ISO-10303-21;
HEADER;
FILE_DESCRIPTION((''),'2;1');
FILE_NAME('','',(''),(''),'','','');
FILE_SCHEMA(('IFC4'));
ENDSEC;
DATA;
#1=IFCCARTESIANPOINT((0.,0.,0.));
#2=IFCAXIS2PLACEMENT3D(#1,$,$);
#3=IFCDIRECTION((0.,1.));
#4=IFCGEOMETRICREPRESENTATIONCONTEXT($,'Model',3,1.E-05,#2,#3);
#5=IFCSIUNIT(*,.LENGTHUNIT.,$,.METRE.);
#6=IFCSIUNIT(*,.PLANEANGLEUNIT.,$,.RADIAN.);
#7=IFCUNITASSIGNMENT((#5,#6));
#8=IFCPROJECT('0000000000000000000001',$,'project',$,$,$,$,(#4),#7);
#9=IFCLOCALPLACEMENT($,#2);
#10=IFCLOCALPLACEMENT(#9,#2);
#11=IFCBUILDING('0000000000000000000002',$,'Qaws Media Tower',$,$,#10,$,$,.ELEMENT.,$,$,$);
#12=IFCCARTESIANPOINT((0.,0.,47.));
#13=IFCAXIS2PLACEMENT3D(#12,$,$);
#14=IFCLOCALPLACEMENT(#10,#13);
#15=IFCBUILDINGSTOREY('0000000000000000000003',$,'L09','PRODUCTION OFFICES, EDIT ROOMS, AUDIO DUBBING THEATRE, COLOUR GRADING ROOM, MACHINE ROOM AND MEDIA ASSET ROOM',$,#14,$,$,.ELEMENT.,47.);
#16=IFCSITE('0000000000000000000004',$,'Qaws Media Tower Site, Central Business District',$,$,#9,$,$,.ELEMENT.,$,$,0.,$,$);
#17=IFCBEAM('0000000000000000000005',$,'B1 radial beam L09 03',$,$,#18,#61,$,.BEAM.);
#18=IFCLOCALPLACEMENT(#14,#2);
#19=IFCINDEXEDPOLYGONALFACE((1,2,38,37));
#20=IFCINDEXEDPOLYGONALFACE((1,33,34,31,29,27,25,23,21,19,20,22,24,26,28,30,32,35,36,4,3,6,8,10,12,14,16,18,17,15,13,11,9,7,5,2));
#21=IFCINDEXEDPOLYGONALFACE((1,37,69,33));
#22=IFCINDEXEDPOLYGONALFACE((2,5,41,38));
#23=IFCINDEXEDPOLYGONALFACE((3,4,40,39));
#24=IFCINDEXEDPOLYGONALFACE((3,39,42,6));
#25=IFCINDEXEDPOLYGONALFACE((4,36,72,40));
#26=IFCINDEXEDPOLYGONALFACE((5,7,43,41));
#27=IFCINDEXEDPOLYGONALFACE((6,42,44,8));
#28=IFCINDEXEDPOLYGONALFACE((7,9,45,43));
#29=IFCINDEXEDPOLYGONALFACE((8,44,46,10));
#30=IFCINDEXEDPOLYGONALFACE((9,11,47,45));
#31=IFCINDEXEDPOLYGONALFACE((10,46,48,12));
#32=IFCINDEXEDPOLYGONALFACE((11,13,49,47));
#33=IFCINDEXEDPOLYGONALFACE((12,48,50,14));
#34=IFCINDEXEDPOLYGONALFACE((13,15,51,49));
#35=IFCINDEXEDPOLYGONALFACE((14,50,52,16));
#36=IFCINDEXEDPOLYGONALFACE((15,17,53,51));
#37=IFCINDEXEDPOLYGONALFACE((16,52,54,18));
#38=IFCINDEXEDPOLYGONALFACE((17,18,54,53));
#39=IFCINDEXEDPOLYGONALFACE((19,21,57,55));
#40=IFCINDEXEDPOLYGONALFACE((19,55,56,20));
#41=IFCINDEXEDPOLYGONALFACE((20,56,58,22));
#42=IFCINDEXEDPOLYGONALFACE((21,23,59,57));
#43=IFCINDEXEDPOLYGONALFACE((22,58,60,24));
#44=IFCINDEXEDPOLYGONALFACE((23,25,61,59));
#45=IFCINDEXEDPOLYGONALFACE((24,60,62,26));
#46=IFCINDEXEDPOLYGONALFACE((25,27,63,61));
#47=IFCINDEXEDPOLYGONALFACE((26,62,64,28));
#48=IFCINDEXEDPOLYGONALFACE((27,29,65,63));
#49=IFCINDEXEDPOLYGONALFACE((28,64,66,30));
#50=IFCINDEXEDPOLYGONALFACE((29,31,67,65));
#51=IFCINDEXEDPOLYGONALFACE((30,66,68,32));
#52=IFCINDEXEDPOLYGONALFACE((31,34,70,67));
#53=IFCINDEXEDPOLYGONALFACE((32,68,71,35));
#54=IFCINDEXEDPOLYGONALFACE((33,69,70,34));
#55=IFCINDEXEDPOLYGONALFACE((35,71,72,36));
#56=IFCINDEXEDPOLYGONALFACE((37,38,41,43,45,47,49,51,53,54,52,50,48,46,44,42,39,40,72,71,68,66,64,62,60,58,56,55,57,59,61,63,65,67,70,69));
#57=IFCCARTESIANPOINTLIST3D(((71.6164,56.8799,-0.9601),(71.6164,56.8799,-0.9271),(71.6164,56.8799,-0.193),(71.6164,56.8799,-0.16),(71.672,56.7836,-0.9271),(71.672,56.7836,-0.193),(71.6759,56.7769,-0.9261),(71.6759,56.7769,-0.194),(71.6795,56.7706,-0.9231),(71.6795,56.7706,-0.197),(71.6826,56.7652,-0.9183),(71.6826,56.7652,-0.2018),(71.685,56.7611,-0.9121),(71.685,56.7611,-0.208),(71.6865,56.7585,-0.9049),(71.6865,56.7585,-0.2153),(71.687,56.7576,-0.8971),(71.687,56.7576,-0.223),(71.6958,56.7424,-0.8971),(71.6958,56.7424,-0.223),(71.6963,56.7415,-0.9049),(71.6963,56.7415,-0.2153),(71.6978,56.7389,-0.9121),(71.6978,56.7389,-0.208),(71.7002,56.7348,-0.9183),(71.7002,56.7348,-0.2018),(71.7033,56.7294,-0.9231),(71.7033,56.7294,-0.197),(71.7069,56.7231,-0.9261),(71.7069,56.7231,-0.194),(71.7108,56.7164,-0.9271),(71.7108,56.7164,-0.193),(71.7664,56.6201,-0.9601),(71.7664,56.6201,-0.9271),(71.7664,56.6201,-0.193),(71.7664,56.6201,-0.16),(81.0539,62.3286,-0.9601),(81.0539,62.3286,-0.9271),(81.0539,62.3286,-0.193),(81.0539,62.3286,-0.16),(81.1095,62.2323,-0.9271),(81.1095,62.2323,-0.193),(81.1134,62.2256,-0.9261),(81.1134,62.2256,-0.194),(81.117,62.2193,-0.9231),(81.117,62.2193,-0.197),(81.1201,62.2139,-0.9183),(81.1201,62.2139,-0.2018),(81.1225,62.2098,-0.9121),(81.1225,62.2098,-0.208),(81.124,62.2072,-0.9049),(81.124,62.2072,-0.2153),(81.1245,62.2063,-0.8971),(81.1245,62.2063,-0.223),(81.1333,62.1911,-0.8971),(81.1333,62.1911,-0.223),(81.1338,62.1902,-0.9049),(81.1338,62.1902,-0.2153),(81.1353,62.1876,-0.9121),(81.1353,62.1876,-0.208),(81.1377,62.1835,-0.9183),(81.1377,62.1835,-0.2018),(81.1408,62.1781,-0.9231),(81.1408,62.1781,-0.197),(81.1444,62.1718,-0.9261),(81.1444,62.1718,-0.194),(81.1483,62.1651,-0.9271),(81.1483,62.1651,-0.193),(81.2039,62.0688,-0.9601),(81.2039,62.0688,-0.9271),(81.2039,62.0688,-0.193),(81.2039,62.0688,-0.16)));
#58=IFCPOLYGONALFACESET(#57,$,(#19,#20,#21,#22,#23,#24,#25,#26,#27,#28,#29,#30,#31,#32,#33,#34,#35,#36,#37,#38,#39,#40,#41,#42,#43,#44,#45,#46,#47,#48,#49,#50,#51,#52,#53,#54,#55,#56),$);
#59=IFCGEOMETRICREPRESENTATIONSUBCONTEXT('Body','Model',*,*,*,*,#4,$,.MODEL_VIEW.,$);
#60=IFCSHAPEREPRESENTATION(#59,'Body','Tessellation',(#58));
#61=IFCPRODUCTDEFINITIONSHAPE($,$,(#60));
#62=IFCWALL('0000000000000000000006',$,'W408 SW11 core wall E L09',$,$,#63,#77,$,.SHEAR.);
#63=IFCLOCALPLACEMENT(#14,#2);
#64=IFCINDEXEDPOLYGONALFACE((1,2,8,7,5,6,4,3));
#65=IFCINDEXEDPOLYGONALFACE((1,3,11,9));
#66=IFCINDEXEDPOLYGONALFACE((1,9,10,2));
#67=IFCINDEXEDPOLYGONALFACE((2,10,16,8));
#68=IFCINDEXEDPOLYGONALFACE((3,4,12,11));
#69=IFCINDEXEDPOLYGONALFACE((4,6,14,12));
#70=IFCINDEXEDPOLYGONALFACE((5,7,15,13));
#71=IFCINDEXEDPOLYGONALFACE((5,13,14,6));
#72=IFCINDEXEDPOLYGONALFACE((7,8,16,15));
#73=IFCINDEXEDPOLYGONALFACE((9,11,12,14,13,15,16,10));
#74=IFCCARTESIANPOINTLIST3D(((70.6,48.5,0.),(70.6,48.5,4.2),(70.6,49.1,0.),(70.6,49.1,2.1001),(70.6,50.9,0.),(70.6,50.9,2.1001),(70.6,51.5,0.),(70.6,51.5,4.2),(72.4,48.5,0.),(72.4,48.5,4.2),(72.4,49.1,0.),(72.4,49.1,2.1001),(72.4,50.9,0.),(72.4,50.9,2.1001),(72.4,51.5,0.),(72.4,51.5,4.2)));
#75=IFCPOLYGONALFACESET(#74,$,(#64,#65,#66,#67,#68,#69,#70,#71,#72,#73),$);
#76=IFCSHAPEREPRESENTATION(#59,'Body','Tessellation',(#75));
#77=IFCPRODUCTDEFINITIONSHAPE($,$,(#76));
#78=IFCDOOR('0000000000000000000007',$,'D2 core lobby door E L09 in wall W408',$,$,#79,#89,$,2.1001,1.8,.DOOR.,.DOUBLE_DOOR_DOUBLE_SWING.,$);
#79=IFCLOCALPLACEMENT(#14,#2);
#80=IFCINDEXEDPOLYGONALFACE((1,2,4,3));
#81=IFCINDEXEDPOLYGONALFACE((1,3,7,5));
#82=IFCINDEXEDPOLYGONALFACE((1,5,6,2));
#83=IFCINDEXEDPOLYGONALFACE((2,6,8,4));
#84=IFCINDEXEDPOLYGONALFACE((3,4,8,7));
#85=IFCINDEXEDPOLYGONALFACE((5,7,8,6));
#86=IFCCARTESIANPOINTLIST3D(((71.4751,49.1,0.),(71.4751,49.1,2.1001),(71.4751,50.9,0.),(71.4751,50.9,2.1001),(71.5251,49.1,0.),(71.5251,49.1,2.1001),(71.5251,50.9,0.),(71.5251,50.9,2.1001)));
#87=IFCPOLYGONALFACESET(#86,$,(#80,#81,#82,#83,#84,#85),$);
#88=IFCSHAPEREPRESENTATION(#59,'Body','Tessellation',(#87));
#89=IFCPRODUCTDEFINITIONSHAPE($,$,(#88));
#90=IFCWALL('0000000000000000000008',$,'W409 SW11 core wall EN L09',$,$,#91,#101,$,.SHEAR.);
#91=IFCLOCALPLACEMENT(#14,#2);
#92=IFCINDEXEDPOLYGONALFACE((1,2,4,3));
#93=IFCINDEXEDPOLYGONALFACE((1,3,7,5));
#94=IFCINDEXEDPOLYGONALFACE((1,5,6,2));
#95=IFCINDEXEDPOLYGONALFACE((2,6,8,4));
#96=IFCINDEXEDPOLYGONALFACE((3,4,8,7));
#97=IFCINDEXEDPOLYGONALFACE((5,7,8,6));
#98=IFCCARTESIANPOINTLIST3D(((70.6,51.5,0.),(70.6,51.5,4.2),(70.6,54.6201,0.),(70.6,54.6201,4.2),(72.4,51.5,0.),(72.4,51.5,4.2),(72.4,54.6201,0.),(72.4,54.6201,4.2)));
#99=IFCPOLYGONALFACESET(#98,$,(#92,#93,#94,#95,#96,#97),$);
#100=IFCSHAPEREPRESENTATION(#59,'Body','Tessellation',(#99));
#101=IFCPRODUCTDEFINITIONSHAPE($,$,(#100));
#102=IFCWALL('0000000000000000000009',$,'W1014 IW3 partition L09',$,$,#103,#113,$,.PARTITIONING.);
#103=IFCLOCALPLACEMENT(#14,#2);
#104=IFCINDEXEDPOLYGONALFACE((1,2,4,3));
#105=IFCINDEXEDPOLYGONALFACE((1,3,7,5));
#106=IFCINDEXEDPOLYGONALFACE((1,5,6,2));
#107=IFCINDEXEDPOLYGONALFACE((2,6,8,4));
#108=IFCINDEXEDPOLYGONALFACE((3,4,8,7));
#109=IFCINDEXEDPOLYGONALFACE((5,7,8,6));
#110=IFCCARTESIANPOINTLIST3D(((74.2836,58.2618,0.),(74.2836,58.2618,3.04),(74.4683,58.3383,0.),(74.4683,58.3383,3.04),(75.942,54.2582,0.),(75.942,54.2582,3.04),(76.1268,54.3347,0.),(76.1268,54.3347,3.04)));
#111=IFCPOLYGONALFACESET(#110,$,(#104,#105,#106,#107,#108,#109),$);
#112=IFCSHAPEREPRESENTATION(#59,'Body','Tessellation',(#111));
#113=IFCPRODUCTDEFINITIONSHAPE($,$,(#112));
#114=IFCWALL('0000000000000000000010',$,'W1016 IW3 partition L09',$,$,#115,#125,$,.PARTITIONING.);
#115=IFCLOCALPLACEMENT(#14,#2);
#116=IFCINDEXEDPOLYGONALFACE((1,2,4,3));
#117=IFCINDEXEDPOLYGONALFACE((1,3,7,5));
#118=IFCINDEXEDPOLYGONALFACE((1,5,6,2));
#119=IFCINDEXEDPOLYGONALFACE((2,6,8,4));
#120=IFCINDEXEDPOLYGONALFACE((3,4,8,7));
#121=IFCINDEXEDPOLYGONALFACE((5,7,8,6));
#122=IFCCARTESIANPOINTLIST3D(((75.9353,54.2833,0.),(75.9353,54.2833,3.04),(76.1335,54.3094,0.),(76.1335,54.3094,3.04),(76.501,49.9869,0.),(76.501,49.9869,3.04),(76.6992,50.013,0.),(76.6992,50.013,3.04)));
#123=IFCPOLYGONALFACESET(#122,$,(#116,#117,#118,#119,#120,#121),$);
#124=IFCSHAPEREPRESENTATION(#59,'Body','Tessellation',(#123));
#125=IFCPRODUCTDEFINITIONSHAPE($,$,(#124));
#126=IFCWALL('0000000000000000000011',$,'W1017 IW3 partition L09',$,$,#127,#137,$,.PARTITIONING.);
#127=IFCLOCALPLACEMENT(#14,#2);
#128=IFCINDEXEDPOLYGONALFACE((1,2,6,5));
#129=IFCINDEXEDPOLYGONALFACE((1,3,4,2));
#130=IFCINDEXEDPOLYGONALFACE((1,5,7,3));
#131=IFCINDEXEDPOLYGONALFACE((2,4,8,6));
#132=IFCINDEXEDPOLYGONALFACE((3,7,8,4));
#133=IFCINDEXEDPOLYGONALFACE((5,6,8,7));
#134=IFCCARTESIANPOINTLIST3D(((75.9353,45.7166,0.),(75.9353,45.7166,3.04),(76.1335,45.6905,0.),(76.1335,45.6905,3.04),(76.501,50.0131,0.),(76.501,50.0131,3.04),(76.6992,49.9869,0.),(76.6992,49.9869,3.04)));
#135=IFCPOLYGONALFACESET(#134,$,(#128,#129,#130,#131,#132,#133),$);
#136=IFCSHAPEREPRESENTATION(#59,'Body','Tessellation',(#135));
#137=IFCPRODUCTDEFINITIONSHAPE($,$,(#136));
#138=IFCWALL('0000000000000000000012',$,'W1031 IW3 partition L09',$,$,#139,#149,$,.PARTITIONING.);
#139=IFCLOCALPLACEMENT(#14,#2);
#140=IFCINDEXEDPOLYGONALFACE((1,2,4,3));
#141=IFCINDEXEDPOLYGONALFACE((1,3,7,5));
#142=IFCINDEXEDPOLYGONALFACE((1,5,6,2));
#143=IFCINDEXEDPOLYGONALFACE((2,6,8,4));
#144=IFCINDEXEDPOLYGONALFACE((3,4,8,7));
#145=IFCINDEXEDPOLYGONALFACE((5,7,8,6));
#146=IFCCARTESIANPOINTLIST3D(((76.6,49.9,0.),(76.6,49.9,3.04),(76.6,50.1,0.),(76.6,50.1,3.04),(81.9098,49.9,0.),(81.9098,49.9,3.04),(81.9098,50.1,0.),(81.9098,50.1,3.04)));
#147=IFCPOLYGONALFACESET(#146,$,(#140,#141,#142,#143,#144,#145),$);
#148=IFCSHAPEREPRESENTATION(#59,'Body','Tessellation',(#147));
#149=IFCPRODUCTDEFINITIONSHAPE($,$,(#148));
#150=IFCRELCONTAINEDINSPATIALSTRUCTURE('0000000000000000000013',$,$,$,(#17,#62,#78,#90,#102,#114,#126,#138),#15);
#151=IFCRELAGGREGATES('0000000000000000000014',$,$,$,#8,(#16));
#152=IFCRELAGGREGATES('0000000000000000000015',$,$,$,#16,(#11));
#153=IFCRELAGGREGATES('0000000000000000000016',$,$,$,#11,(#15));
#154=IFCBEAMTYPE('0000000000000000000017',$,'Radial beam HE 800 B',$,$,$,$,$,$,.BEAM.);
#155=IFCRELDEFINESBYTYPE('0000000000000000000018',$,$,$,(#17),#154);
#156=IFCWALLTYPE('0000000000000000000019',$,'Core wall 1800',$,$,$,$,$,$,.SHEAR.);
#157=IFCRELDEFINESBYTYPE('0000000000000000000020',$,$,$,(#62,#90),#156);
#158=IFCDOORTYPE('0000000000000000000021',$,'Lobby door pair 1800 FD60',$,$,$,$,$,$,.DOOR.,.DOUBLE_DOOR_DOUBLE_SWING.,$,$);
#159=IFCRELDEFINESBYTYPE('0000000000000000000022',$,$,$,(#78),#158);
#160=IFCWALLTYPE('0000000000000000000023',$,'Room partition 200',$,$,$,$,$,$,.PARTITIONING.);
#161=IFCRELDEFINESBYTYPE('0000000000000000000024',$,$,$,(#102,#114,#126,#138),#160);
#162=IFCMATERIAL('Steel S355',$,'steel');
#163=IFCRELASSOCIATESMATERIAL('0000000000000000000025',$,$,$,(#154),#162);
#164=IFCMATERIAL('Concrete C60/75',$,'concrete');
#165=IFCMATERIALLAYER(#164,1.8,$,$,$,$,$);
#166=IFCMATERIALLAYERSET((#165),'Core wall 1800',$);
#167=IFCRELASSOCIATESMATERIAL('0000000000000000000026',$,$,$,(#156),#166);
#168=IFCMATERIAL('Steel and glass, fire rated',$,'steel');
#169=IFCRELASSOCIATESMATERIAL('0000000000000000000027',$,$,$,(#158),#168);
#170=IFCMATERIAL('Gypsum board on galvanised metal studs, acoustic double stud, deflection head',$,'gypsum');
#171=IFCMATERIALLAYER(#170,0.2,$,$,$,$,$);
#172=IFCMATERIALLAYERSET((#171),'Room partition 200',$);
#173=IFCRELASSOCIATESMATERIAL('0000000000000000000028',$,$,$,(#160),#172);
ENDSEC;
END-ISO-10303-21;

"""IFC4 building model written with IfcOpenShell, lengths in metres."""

from ifc_helpers import new_model, si_unit, direction, frame, frame_2d, origin, origin_2d, place, context, subcontext, project, spatial, rectangle, i_section, extrude, material, layer, layer_set, material_profile, profile_set, type_object, element, fill, save


model = new_model("IFC4")

# Units and contexts
model_context = context("Model", 3, precision=1e-05, world=origin(), true_north=direction((0.0, 1.0)))
body_context = subcontext(model_context, "Body", "Model", "MODEL_VIEW")
ifc_project = project(units=[si_unit("LENGTHUNIT", "METRE"), si_unit("PLANEANGLEUNIT", "RADIAN")], contexts=[model_context])

# Site, building, storey
site_placement = place(None, origin())
site = spatial("IfcSite", under=ifc_project, at=site_placement, Name="Qaws Media Tower Site, Central Business District", CompositionType="ELEMENT", RefElevation=0.0)
building_placement = place(site_placement, origin())
building = spatial("IfcBuilding", under=site, at=building_placement, Name="Qaws Media Tower", CompositionType="ELEMENT")
storey_placement = place(building_placement, frame((0.0, 0.0, 47.0)))
storey = spatial("IfcBuildingStorey", under=building, at=storey_placement, Name="L09", Description="PRODUCTION OFFICES, EDIT ROOMS, AUDIO DUBBING THEATRE, COLOUR GRADING ROOM, MACHINE ROOM AND MEDIA ASSET ROOM", CompositionType="ELEMENT", Elevation=47.0)

# Beam
ifc_material_1 = material(Name="Steel S355", Category="steel")
ifc_material_profile_1 = material_profile(ifc_material_1, i_section(OverallWidth=0.3, OverallDepth=0.8, WebThickness=0.0176, FlangeThickness=0.033, FilletRadius=0.03, at=origin_2d()), Name="HE 800 B")
ifc_profile_set_1 = profile_set([ifc_material_profile_1], Name="Steel S355")
beam_type_1 = type_object("IfcBeamType", Name="Radial beam HE 800 B", PredefinedType="BEAM", material=ifc_profile_set_1)
beam_1_placement = place(storey_placement, frame((71.6914, 56.75, -0.5601), z_axis=(0.866026, 0.499999, 0.0), x_axis=(-0.499999, 0.866026, 0.0)))
element("IfcBeam", 1, at=beam_1_placement, inside=storey, type_object=beam_type_1, Name="B1 radial beam L09 03", PredefinedType="BEAM", context=body_context, shape_type="SweptSolid", body=[
    extrude(i_section(OverallWidth=0.3, OverallDepth=0.8, WebThickness=0.0176, FlangeThickness=0.033, FilletRadius=0.03, at=origin_2d()), origin(), (0.0, 0.0, 1.0), 10.8975),
])

# Wall, opening, door
ifc_material_2 = material(Name="Concrete C60/75", Category="concrete")
ifc_layer_1 = layer(ifc_material_2, 1.8)
ifc_layer_set_1 = layer_set([ifc_layer_1], Name="Core wall 1800")
wall_type_1 = type_object("IfcWallType", Name="Core wall 1800", PredefinedType="SHEAR", material=ifc_layer_set_1)
wall_1_placement = place(storey_placement, frame((71.5, 48.5, 0.0), z_axis=(0.0, 0.0, 1.0), x_axis=(0.0, 1.0, 0.0)))
wall_1 = element("IfcWall", 2, at=wall_1_placement, inside=storey, type_object=wall_type_1, Name="W408 SW11 core wall E L09", PredefinedType="SHEAR", context=body_context, shape_type="SweptSolid", body=[
    extrude(rectangle(XDim=3.0, YDim=1.8, at=frame_2d((1.5, 0.0))), origin(), (0.0, 0.0, 1.0), 4.2),
])
opening_placement = place(wall_1_placement, frame((0.6001, 0.0, 0.0)))
opening = element("IfcOpeningElement", 3, at=opening_placement, cuts=wall_1, PredefinedType="OPENING", context=body_context, shape_type="SweptSolid", body=[
    extrude(rectangle(XDim=1.8, YDim=2.1001, at=frame_2d((0.8999, 1.05))), frame((0.0, 0.9099, 0.0), z_axis=(0.0, -1.0, 0.0), x_axis=(1.0, 0.0, 0.0)), (0.0, 0.0, 1.0), 1.8201),
])
ifc_material_3 = material(Name="Steel and glass, fire rated", Category="steel")
door_type = type_object("IfcDoorType", Name="Lobby door pair 1800 FD60", OperationType="DOUBLE_DOOR_DOUBLE_SWING", PredefinedType="DOOR", material=ifc_material_3)
door_placement = place(opening_placement, origin())
door = element("IfcDoor", 4, at=door_placement, inside=storey, type_object=door_type, Name="D2 core lobby door E L09 in wall W408", OperationType="DOUBLE_DOOR_DOUBLE_SWING", OverallHeight=2.1001, OverallWidth=1.8, PredefinedType="DOOR", context=body_context, shape_type="SweptSolid", body=[
    extrude(rectangle(XDim=1.8, YDim=2.1001, at=frame_2d((0.8999, 1.05))), frame((0.0, 0.0249, 0.0), z_axis=(0.0, -1.0, 0.0), x_axis=(1.0, 0.0, 0.0)), (0.0, 0.0, 1.0), 0.05),
])
fill(opening, door)

# Walls
wall_2_placement = place(storey_placement, frame((71.5, 51.5, 0.0), z_axis=(0.0, 0.0, 1.0), x_axis=(0.0, 1.0, 0.0)))
element("IfcWall", 5, at=wall_2_placement, inside=storey, type_object=wall_type_1, Name="W409 SW11 core wall EN L09", PredefinedType="SHEAR", context=body_context, shape_type="SweptSolid", body=[
    extrude(rectangle(XDim=3.1201, YDim=1.8, at=frame_2d((1.5601, 0.0))), origin(), (0.0, 0.0, 1.0), 4.2),
])
ifc_material_4 = material(Name="Gypsum board on galvanised metal studs, acoustic double stud, deflection head", Category="gypsum")
ifc_layer_2 = layer(ifc_material_4, 0.2)
ifc_layer_set_2 = layer_set([ifc_layer_2], Name="Room partition 200")
wall_type_2 = type_object("IfcWallType", Name="Room partition 200", PredefinedType="PARTITIONING", material=ifc_layer_set_2)
for number, where, z_axis, x_axis, name in (
    (6, (74.376, 58.3, 0.0), (0.0, 0.0, 1.0), (0.382698, -0.923873, 0.0), "W1014 IW3 partition L09"),
    (7, (76.0344, 54.2964, 0.0), (0.0, 0.0, 1.0), (0.130536, -0.991444, 0.0), "W1016 IW3 partition L09"),
    (8, (76.6001, 50.0, 0.0), (0.0, 0.0, 1.0), (-0.130536, -0.991444, 0.0), "W1017 IW3 partition L09"),
):
    element("IfcWall", number, at=place(storey_placement, frame(where, z_axis=z_axis, x_axis=x_axis)), inside=storey, type_object=wall_type_2, Name=name, PredefinedType="PARTITIONING", context=body_context, shape_type="SweptSolid", body=[
        extrude(rectangle(XDim=4.3335, YDim=0.2, at=frame_2d((2.1667, 0.0))), origin(), (0.0, 0.0, 1.0), 3.04),
    ])
wall_3_placement = place(storey_placement, frame((76.6001, 50.0, 0.0), z_axis=(0.0, 0.0, 1.0), x_axis=(1.0, 0.0, 0.0)))
element("IfcWall", 9, at=wall_3_placement, inside=storey, type_object=wall_type_2, Name="W1031 IW3 partition L09", PredefinedType="PARTITIONING", context=body_context, shape_type="SweptSolid", body=[
    extrude(rectangle(XDim=5.3098, YDim=0.2, at=frame_2d((2.6548, 0.0))), origin(), (0.0, 0.0, 1.0), 3.04),
])

save(model, "model.ifc")
